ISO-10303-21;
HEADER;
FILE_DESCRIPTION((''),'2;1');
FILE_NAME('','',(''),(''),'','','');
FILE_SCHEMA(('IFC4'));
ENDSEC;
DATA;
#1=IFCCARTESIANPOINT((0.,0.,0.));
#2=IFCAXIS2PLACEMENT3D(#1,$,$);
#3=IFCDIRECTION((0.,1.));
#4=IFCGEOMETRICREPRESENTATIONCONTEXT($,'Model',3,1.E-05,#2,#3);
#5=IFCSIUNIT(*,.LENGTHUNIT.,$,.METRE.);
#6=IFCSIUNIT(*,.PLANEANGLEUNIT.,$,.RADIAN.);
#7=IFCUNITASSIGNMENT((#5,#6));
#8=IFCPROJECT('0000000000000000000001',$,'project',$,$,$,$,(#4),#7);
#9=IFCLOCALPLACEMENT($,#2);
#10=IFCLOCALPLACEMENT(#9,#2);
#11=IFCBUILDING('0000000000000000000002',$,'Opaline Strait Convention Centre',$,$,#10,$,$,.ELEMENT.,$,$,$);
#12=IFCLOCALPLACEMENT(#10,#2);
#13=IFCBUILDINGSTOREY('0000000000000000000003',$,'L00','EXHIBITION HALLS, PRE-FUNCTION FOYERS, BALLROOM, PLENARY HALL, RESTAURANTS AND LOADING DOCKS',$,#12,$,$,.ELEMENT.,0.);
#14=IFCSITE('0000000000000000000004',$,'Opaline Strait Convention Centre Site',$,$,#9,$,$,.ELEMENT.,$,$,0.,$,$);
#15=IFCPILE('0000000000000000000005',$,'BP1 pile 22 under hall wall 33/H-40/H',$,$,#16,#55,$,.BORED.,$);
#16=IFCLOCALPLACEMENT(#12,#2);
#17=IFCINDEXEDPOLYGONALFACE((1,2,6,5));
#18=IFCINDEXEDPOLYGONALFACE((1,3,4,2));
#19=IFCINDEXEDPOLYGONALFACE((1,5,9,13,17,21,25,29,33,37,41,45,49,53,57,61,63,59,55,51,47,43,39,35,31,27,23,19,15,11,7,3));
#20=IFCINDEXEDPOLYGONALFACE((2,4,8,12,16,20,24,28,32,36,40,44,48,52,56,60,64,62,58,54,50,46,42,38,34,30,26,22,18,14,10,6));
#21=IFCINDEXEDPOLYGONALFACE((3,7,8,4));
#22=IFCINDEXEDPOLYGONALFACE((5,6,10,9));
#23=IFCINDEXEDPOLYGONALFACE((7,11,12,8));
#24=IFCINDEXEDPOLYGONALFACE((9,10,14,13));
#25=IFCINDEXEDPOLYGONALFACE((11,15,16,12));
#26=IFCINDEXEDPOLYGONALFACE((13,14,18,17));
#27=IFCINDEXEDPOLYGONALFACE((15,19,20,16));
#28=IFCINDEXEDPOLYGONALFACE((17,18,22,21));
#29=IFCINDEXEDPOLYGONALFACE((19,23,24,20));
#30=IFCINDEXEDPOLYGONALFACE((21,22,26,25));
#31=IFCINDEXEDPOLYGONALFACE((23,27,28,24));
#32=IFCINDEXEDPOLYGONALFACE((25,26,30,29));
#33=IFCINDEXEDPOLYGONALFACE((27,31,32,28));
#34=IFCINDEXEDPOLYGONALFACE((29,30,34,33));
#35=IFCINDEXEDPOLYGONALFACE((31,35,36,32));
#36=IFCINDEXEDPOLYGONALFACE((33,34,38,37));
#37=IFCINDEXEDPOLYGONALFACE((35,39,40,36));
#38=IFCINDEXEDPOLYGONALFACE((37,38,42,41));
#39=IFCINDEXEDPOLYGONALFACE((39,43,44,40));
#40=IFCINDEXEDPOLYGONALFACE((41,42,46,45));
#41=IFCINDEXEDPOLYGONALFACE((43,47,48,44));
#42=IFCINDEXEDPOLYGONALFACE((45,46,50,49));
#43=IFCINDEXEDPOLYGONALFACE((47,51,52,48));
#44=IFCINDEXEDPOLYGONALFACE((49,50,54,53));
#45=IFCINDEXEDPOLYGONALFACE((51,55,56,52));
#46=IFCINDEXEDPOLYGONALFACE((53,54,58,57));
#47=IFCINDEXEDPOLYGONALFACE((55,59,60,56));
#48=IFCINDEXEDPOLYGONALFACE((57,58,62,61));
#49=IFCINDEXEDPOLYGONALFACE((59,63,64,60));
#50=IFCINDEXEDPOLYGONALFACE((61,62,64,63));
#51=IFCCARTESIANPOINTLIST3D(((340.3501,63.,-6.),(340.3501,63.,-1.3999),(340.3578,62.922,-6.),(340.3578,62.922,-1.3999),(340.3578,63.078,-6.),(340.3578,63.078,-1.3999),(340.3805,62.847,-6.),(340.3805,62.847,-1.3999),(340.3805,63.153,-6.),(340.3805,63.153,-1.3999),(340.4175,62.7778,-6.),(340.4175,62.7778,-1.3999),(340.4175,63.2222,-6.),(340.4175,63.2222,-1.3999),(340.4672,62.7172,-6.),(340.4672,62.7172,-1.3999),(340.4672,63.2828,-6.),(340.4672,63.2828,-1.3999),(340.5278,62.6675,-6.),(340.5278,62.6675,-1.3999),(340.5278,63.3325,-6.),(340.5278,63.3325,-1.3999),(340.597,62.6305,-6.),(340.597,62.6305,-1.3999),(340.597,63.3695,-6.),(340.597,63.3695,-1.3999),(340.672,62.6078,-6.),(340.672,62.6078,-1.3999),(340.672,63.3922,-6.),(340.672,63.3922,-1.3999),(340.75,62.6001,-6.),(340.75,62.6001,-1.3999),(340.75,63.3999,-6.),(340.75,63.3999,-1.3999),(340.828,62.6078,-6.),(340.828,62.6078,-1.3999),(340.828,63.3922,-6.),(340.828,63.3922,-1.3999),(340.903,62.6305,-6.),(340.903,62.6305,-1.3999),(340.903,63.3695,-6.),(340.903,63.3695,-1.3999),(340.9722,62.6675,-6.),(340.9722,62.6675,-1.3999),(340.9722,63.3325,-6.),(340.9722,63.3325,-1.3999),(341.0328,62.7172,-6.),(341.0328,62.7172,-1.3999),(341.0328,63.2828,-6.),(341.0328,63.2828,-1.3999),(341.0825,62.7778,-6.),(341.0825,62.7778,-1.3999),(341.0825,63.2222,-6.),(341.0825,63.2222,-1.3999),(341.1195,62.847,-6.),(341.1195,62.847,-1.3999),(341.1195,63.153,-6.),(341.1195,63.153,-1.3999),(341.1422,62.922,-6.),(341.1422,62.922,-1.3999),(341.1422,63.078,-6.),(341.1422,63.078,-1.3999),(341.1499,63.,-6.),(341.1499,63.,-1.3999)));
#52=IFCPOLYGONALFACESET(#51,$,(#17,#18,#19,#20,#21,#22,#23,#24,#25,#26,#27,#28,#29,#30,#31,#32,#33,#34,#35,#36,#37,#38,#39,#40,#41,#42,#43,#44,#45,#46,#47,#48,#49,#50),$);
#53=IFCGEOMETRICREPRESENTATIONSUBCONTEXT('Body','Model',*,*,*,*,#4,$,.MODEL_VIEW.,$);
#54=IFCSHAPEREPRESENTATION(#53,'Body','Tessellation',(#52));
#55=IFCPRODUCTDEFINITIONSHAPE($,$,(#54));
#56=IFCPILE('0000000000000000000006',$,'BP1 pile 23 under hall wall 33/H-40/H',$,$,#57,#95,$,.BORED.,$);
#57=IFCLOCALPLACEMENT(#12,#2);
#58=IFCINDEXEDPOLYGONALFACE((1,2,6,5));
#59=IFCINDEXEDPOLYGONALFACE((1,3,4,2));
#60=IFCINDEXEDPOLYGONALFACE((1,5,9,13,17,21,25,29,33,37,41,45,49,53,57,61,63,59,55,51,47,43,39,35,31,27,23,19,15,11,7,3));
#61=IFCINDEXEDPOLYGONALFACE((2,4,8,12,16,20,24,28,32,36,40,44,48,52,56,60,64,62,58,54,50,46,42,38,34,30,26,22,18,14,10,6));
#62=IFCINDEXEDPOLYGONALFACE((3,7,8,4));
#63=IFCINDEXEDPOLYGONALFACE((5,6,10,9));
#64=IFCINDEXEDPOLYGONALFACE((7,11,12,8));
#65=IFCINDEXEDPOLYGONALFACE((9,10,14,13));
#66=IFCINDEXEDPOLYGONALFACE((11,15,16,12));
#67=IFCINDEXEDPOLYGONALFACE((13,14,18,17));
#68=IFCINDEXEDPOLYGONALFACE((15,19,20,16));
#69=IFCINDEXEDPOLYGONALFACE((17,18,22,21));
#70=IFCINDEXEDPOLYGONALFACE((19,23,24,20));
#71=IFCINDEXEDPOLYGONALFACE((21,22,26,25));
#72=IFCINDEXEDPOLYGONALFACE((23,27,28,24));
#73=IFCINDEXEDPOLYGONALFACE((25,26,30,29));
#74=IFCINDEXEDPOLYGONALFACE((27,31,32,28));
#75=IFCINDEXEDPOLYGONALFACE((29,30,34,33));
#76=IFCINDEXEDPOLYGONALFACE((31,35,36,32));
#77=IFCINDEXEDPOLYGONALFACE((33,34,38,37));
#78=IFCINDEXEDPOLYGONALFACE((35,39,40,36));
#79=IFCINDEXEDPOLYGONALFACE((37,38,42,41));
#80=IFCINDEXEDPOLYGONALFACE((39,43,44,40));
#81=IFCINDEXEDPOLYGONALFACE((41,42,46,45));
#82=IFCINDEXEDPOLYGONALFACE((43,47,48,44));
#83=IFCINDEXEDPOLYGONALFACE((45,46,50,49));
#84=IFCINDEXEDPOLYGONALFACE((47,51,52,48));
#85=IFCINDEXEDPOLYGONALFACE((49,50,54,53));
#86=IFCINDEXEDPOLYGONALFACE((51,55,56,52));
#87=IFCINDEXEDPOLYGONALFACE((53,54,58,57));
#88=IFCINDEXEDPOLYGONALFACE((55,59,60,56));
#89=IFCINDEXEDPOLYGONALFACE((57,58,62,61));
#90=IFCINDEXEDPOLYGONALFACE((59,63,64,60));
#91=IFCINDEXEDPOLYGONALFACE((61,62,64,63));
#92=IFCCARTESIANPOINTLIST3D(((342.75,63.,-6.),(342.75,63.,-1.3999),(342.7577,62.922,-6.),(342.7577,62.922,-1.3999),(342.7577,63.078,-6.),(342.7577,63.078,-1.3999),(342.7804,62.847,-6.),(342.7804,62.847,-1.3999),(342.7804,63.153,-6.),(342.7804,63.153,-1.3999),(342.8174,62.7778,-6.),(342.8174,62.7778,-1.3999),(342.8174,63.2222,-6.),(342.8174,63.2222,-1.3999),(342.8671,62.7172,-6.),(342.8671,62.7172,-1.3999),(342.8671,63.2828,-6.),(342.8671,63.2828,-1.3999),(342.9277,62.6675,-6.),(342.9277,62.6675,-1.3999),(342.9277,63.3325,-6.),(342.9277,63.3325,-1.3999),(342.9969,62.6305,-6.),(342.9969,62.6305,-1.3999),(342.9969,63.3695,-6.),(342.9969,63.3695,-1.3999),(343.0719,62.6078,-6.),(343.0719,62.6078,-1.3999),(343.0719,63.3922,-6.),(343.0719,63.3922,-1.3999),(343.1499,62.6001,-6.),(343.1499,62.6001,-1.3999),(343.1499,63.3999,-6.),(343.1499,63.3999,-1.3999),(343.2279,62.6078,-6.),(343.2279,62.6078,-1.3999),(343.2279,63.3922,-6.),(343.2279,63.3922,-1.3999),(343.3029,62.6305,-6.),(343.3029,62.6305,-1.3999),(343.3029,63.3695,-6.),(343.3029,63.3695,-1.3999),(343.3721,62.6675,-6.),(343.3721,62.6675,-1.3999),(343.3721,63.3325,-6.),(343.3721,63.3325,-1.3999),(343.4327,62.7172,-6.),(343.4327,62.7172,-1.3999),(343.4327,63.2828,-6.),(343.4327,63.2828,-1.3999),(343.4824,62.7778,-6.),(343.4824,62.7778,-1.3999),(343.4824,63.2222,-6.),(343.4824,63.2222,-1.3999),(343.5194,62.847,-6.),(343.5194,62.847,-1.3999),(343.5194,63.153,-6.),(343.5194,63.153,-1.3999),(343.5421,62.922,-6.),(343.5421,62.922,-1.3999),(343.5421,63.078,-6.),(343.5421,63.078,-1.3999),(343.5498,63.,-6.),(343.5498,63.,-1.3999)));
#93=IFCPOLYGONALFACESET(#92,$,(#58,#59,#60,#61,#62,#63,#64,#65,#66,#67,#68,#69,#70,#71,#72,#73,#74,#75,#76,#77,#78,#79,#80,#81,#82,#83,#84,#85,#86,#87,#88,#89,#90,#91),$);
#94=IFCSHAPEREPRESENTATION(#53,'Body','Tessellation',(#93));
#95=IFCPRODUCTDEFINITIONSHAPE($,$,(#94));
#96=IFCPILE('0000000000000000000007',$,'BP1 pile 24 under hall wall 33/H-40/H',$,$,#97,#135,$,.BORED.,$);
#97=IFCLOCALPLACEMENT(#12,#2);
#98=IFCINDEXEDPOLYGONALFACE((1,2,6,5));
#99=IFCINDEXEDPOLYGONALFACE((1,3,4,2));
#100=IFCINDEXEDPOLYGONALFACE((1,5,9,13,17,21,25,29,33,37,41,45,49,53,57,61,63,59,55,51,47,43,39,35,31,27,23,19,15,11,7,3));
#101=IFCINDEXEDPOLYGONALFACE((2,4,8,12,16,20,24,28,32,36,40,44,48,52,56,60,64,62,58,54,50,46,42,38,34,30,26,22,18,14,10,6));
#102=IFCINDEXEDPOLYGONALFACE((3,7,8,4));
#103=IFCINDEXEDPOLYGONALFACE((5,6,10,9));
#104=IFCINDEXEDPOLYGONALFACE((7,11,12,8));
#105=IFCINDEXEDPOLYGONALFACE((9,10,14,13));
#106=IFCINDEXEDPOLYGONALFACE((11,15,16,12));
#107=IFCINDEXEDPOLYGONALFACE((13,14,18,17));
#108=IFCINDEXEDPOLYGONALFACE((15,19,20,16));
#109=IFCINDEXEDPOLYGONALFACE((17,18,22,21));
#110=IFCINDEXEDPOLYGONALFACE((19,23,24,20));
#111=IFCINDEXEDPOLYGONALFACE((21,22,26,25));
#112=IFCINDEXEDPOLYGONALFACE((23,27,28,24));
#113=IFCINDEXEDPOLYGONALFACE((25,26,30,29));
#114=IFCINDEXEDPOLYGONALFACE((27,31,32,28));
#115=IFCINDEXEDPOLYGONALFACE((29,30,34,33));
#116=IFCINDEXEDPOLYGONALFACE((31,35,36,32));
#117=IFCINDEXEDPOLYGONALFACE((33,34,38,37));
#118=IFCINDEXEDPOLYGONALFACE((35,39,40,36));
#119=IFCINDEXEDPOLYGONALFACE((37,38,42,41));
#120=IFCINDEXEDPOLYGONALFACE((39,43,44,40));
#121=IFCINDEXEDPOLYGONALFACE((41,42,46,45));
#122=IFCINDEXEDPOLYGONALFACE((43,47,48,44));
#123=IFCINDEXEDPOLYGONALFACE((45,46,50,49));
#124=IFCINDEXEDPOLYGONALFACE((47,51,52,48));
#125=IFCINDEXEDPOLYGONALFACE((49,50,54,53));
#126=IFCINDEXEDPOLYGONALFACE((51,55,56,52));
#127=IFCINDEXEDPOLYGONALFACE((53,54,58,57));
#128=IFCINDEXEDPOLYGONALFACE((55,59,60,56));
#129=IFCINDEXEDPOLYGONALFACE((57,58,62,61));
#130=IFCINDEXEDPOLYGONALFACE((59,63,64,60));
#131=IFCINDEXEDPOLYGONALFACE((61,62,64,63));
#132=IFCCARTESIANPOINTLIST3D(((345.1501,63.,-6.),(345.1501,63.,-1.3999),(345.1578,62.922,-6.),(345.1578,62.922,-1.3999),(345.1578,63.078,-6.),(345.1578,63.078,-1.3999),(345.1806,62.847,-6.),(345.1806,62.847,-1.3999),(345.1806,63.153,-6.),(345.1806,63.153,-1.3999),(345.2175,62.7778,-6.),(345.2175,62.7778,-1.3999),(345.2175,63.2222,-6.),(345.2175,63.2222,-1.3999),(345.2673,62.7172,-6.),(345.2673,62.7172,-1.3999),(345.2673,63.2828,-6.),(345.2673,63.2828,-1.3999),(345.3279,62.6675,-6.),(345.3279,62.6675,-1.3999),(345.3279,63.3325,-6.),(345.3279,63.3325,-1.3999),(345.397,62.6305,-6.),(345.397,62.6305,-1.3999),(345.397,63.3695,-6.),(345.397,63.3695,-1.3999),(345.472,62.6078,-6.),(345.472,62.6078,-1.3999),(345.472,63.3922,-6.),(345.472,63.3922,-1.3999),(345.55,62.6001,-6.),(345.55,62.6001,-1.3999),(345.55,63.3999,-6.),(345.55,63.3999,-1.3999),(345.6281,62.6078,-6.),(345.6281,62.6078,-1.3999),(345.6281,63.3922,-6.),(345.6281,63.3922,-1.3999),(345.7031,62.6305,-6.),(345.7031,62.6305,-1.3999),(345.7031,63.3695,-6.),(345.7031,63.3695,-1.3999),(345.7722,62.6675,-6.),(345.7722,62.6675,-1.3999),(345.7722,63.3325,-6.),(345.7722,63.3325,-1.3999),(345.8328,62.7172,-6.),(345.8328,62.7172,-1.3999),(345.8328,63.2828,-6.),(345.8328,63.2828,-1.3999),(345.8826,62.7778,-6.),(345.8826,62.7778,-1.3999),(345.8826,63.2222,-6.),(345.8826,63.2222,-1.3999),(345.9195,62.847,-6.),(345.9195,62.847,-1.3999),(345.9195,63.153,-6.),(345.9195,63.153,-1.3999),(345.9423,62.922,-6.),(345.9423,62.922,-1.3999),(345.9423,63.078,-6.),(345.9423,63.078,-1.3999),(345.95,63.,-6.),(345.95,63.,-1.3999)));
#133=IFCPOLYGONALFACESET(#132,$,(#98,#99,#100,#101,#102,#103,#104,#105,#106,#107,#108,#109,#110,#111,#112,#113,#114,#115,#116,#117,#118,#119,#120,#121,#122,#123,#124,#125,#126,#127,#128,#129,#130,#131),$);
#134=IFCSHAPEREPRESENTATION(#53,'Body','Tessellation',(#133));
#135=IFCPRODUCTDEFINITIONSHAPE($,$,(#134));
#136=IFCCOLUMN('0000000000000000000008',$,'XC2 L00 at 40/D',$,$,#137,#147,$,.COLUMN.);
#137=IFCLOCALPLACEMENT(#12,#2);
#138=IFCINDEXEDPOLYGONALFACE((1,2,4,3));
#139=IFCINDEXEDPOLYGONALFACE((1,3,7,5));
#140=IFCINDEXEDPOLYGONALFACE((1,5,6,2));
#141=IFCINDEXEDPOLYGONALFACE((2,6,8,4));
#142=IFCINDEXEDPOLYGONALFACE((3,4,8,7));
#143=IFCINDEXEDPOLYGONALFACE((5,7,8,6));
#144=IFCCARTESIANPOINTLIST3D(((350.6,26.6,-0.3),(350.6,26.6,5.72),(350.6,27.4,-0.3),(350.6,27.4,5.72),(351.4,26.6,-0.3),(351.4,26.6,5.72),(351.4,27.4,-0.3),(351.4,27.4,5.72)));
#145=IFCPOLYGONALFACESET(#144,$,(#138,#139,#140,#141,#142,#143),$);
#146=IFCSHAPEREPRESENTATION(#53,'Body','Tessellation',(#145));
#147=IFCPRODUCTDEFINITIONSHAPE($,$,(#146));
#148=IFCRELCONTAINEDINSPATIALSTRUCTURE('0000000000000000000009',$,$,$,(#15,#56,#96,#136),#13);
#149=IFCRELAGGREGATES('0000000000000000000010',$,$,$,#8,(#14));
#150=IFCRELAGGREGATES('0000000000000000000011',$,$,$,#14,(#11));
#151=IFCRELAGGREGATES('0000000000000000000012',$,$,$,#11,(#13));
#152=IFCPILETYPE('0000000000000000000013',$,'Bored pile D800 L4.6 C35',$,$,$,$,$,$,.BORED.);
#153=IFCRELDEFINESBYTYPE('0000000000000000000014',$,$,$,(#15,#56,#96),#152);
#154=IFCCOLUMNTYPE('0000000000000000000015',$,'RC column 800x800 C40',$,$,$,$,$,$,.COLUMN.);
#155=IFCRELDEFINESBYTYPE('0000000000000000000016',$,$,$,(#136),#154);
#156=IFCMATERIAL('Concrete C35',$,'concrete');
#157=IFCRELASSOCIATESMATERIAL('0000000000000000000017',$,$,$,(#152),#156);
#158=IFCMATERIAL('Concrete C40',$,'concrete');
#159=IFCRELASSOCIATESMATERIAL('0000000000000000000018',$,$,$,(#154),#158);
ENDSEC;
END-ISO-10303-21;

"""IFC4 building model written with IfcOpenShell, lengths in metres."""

from ifc_helpers import new_model, si_unit, direction, frame, origin, origin_2d, place, context, subcontext, project, spatial, rectangle, circle, extrude, material, material_profile, profile_set, type_object, element, save


model = new_model("IFC4")

# Units and contexts
model_context = context("Model", 3, precision=1e-05, world=origin(), true_north=direction((0.0, 1.0)))
body_context = subcontext(model_context, "Body", "Model", "MODEL_VIEW")
ifc_project = project(units=[si_unit("LENGTHUNIT", "METRE"), si_unit("PLANEANGLEUNIT", "RADIAN")], contexts=[model_context])

# Site, building, storey
site_placement = place(None, origin())
site = spatial("IfcSite", under=ifc_project, at=site_placement, Name="Opaline Strait Convention Centre Site", CompositionType="ELEMENT", RefElevation=0.0)
building_placement = place(site_placement, origin())
building = spatial("IfcBuilding", under=site, at=building_placement, Name="Opaline Strait Convention Centre", CompositionType="ELEMENT")
storey_placement = place(building_placement, origin())
storey = spatial("IfcBuildingStorey", under=building, at=storey_placement, Name="L00", Description="EXHIBITION HALLS, PRE-FUNCTION FOYERS, BALLROOM, PLENARY HALL, RESTAURANTS AND LOADING DOCKS", CompositionType="ELEMENT", Elevation=0.0)

# Piles
ifc_material_1 = material(Name="Concrete C35", Category="concrete")
ifc_material_profile_1 = material_profile(ifc_material_1, circle(Radius=0.3999, at=origin_2d()), Name="D800")
ifc_profile_set_1 = profile_set([ifc_material_profile_1], Name="Concrete C35")
pile_type = type_object("IfcPileType", Name="Bored pile D800 L4.6 C35", PredefinedType="BORED", material=ifc_profile_set_1)
for number, where, z_axis, x_axis, name in (
    (1, (340.75, 63.0, -1.3999), (0.0, 0.0, -1.0), (1.0, 0.0, 0.0), "BP1 pile 22 under hall wall 33/H-40/H"),
    (2, (343.1499, 63.0, -1.3999), (0.0, 0.0, -1.0), (1.0, 0.0, 0.0), "BP1 pile 23 under hall wall 33/H-40/H"),
    (3, (345.55, 63.0, -1.3999), (0.0, 0.0, -1.0), (1.0, 0.0, 0.0), "BP1 pile 24 under hall wall 33/H-40/H"),
):
    element("IfcPile", number, at=place(storey_placement, frame(where, z_axis=z_axis, x_axis=x_axis)), inside=storey, type_object=pile_type, Name=name, PredefinedType="BORED", context=body_context, shape_type="SweptSolid", body=[
        extrude(circle(Radius=0.3999, at=origin_2d()), origin(), (0.0, 0.0, 1.0), 4.6001),
    ])

# Column
ifc_material_2 = material(Name="Concrete C40", Category="concrete")
ifc_material_profile_2 = material_profile(ifc_material_2, rectangle(XDim=0.8, YDim=0.8, at=origin_2d()), Name="RC 800x800")
ifc_profile_set_2 = profile_set([ifc_material_profile_2], Name="Concrete C40")
column_type = type_object("IfcColumnType", Name="RC column 800x800 C40", PredefinedType="COLUMN", material=ifc_profile_set_2)
column_placement = place(storey_placement, frame((351.0, 27.0, -0.3), z_axis=(0.0, 0.0, 1.0), x_axis=(1.0, 0.0, 0.0)))
element("IfcColumn", 4, at=column_placement, inside=storey, type_object=column_type, Name="XC2 L00 at 40/D", PredefinedType="COLUMN", context=body_context, shape_type="SweptSolid", body=[
    extrude(rectangle(XDim=0.8, YDim=0.8, at=origin_2d()), origin(), (0.0, 0.0, 1.0), 6.02),
])

save(model, "model.ifc")
